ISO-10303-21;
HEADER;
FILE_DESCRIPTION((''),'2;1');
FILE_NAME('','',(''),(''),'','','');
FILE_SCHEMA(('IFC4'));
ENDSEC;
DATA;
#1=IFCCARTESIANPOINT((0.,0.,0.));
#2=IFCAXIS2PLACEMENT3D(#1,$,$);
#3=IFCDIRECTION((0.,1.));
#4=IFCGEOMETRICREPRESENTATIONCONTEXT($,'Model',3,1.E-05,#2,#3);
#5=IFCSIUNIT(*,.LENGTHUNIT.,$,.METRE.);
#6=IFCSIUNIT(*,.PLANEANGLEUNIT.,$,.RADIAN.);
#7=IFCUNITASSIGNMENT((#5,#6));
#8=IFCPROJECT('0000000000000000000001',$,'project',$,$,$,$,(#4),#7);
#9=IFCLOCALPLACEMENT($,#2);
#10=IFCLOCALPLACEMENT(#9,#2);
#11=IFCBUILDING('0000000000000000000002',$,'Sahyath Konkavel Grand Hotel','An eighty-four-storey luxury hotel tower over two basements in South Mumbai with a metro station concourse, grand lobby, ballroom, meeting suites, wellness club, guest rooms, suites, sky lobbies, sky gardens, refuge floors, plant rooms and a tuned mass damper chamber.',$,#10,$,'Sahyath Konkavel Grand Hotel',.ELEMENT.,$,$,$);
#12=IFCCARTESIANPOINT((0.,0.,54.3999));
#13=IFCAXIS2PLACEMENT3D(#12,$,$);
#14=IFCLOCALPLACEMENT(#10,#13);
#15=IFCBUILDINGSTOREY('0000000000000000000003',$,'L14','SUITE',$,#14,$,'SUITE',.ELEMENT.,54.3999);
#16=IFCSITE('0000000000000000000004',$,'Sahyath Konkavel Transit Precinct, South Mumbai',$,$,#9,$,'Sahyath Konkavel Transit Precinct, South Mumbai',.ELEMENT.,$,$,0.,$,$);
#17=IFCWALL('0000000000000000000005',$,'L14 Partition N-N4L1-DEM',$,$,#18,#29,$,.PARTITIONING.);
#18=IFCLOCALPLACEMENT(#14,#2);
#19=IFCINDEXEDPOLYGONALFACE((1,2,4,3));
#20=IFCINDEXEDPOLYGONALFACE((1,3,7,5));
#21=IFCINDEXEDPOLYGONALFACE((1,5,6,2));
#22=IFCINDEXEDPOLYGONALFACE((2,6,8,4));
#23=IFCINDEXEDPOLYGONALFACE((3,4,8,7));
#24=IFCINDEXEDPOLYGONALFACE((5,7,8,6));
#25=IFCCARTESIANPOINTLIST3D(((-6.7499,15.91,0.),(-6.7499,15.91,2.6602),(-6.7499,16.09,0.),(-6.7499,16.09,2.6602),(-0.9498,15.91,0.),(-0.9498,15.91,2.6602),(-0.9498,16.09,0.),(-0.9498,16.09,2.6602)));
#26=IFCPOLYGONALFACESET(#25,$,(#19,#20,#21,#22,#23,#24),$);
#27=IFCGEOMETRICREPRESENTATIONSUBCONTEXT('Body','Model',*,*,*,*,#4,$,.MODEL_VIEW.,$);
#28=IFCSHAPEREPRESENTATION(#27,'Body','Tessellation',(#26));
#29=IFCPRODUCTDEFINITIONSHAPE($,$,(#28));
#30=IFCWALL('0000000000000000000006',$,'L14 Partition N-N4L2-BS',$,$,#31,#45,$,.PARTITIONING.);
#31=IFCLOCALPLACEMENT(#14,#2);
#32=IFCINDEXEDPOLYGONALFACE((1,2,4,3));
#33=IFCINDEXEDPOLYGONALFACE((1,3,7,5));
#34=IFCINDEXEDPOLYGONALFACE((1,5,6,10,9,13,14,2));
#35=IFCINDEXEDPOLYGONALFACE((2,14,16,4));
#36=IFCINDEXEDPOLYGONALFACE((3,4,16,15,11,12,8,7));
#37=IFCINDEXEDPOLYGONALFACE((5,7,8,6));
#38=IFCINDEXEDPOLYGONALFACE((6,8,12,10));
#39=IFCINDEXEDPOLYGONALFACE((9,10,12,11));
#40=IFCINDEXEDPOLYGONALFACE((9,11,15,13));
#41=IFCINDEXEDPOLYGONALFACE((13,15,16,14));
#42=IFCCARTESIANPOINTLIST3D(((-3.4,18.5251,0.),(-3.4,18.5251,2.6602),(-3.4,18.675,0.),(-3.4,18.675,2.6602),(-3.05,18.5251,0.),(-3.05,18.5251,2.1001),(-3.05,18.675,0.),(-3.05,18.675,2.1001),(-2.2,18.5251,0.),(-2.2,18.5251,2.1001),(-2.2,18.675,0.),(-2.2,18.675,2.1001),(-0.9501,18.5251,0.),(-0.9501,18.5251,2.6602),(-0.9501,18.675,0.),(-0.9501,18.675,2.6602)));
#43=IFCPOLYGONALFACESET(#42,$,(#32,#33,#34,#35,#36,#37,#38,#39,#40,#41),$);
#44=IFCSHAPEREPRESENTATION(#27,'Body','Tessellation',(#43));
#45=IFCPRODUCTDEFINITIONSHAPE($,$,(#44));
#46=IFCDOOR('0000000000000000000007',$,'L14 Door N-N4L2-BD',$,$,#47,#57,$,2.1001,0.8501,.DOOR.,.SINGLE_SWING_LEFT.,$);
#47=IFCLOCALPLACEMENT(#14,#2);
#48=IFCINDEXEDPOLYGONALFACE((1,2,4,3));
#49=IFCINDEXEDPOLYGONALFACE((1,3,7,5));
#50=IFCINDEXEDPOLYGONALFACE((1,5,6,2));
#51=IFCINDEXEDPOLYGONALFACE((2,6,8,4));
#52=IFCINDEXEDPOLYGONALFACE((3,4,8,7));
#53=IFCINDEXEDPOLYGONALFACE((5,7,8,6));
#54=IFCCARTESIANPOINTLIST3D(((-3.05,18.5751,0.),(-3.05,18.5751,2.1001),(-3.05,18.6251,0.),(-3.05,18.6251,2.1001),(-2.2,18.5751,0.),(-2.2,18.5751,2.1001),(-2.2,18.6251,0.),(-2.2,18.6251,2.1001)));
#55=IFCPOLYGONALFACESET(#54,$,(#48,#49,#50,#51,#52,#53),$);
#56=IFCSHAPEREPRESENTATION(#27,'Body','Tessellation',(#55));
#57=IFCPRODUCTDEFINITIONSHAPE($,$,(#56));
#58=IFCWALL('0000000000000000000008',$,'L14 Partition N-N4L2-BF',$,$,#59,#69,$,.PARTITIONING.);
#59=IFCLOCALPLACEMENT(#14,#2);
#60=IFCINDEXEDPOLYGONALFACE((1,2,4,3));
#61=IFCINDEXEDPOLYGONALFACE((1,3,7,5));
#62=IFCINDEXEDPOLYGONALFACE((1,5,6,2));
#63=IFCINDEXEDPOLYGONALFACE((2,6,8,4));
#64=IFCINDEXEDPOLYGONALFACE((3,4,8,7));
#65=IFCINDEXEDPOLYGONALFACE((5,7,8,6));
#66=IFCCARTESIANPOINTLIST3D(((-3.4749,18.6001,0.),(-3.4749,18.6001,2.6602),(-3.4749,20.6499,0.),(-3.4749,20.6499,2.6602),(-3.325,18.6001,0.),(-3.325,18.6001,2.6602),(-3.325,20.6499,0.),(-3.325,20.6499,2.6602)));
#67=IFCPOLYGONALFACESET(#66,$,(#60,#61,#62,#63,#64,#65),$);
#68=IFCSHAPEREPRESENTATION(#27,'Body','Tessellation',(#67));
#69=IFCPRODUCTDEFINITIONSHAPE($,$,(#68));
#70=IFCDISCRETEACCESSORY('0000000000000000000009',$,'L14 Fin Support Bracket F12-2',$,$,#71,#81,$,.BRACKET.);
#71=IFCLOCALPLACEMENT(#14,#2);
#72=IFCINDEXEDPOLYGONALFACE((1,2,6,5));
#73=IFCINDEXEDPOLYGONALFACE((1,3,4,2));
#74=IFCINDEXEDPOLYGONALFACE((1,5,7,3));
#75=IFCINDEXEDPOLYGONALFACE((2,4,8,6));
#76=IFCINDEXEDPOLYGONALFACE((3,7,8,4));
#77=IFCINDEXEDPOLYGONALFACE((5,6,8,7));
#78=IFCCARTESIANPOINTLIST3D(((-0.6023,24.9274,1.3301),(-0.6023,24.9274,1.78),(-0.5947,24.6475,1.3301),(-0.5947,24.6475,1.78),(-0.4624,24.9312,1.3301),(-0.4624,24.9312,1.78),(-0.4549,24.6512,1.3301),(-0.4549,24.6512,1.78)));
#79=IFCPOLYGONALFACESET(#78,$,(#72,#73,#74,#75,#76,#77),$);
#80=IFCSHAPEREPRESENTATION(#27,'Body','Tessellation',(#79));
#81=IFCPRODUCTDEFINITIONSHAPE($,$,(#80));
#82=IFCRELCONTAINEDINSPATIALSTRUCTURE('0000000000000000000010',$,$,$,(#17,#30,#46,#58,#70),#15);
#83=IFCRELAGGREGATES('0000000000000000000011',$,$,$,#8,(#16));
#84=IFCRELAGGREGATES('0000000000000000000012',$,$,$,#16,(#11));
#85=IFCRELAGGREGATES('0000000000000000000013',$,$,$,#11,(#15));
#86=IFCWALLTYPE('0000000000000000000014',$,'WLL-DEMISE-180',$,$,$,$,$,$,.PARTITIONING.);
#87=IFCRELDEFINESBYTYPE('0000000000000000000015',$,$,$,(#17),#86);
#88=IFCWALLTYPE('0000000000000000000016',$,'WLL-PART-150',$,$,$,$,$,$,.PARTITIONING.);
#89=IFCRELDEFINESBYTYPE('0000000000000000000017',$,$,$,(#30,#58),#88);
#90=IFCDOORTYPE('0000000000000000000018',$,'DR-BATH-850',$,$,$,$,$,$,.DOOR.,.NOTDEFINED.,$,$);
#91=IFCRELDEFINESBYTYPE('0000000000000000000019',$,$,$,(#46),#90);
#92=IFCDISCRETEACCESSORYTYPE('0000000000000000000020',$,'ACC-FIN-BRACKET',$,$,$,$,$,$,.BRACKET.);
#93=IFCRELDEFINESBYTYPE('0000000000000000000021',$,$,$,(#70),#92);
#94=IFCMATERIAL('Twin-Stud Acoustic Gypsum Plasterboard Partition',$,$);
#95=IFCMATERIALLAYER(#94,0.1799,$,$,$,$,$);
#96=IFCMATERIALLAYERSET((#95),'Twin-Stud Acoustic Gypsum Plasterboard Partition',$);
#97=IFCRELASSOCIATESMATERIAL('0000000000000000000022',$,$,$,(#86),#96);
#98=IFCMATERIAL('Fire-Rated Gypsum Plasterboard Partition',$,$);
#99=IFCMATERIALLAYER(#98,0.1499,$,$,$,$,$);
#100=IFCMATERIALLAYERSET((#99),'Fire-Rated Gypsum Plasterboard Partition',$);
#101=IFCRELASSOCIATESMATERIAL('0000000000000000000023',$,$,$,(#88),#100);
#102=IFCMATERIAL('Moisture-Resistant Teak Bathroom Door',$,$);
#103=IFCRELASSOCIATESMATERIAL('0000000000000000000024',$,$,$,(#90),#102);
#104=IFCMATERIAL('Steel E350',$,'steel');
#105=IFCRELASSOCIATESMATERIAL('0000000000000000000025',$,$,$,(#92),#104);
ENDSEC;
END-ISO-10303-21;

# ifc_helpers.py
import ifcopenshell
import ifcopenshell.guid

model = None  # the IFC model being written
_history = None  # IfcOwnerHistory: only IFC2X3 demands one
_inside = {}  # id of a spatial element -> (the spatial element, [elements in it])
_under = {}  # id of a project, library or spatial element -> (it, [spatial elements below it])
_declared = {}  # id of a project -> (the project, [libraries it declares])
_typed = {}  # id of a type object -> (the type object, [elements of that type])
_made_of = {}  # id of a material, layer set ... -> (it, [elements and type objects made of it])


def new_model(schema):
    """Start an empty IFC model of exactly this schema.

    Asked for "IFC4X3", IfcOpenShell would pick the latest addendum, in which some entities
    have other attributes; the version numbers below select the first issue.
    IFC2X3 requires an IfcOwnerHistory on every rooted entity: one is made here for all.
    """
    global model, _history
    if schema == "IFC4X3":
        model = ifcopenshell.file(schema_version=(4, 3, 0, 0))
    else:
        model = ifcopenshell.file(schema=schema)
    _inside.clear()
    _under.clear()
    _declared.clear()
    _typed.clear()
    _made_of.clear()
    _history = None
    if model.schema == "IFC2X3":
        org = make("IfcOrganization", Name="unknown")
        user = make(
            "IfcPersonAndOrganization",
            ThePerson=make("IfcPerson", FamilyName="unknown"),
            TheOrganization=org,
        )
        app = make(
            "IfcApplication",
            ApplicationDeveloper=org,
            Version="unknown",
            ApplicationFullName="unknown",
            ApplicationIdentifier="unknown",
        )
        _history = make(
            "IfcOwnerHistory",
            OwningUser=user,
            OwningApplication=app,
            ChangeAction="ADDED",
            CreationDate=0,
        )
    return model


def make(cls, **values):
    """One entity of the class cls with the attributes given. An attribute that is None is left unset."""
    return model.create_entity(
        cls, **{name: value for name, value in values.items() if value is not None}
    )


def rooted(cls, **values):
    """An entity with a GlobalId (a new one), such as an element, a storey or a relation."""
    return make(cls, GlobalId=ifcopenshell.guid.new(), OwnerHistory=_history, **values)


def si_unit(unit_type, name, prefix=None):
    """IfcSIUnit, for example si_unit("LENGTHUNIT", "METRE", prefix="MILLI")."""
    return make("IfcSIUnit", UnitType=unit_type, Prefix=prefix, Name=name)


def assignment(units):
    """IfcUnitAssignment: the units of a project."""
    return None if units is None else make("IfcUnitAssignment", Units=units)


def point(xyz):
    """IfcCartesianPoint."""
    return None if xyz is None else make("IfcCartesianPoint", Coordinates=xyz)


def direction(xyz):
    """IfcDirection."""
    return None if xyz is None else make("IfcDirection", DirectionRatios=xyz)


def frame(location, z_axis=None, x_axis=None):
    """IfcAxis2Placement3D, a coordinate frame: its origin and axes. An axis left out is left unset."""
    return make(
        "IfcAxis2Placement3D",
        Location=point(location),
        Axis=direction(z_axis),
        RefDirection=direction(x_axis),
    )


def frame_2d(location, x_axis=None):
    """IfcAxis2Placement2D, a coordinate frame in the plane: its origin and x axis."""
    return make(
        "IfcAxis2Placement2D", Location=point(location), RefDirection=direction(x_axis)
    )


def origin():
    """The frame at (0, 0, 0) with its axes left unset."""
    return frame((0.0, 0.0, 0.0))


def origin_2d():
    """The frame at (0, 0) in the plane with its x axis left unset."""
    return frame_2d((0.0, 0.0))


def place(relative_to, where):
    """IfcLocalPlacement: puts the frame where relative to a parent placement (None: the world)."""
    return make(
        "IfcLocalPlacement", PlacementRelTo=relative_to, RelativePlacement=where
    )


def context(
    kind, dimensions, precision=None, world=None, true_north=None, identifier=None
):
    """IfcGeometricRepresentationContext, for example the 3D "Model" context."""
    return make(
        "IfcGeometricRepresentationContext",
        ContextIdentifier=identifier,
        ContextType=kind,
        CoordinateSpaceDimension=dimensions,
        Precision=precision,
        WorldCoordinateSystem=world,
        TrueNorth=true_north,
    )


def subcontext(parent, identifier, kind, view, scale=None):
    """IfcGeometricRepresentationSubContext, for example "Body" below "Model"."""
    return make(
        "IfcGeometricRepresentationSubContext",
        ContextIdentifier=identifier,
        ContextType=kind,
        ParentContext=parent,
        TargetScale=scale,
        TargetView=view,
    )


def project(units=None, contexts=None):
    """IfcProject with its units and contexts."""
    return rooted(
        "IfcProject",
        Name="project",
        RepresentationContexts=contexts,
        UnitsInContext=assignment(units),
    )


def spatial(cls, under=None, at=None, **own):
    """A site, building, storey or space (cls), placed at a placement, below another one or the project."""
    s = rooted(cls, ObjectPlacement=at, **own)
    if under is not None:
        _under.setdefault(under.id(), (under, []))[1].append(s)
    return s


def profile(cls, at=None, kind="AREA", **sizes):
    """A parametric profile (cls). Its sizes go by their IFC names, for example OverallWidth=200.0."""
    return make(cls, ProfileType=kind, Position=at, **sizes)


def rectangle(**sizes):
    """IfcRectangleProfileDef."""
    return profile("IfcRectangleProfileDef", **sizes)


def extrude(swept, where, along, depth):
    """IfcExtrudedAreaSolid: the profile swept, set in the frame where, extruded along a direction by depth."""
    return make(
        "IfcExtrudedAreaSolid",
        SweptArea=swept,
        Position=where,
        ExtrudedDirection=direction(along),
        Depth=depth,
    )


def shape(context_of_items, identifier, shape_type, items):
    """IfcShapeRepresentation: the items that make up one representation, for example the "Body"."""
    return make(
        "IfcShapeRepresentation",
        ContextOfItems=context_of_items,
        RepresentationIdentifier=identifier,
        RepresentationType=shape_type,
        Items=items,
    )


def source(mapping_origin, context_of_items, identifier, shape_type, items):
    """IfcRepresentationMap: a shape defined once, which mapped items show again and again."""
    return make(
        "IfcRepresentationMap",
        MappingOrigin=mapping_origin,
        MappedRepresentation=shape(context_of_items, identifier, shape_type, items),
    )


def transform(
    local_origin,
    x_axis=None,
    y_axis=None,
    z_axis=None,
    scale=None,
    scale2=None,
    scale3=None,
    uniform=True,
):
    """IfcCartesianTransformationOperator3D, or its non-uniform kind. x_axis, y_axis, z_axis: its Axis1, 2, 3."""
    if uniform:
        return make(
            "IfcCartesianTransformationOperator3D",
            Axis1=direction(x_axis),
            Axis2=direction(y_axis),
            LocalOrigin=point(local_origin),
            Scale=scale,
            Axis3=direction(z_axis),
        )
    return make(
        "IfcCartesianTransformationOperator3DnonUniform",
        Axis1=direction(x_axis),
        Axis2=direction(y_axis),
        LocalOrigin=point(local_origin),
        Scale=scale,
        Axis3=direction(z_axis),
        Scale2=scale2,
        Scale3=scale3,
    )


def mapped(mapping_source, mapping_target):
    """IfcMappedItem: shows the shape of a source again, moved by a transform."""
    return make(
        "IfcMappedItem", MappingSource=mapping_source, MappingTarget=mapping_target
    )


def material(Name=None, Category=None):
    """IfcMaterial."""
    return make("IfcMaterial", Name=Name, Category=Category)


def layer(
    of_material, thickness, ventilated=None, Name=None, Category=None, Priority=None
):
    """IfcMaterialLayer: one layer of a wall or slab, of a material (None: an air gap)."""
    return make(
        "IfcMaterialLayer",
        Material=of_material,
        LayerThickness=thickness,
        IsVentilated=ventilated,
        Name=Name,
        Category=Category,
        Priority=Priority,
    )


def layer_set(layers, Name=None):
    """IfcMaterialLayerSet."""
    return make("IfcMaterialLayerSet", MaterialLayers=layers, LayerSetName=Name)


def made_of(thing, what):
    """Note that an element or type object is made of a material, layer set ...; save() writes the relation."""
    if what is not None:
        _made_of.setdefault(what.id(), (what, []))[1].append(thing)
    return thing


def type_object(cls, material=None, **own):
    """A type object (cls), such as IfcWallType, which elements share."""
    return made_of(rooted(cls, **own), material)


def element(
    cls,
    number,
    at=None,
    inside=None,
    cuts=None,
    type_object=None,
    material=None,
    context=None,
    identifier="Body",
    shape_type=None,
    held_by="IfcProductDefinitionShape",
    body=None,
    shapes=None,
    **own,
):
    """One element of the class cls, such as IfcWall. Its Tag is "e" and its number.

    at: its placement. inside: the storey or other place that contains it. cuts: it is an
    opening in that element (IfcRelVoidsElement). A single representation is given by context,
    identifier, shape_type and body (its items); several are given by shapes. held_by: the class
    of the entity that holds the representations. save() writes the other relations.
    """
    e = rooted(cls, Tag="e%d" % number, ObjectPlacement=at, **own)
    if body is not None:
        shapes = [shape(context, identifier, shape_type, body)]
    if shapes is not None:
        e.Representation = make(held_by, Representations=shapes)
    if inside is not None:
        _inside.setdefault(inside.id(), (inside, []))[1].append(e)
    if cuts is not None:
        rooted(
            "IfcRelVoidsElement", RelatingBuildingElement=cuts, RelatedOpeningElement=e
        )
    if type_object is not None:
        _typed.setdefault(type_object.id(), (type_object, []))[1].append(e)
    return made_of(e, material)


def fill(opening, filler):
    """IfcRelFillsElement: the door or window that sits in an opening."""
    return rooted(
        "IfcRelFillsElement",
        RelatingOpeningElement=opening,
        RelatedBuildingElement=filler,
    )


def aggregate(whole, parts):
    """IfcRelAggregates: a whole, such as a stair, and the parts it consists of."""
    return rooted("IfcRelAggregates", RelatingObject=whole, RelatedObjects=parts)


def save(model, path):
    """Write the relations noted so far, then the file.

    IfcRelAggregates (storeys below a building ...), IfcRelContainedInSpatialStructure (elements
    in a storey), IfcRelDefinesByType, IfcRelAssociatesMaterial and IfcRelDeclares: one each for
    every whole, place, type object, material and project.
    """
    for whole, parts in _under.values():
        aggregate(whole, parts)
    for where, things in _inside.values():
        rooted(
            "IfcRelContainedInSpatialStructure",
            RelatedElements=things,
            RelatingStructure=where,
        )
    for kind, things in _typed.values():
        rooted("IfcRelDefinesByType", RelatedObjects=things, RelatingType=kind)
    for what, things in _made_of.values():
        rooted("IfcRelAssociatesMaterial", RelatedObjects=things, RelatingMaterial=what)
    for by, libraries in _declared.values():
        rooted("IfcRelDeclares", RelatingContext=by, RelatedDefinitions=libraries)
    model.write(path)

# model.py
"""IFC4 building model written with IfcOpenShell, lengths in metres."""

from ifc_helpers import new_model, si_unit, direction, frame, frame_2d, origin, origin_2d, place, context, subcontext, project, spatial, rectangle, extrude, source, transform, mapped, material, layer, layer_set, type_object, element, fill, save


model = new_model("IFC4")

# Units and contexts
model_context = context("Model", 3, precision=1e-05, world=origin(), true_north=direction((0.0, 1.0)))
body_context = subcontext(model_context, "Body", "Model", "MODEL_VIEW")
ifc_project = project(units=[si_unit("LENGTHUNIT", "METRE"), si_unit("PLANEANGLEUNIT", "RADIAN")], contexts=[model_context])

# Site, building, storey
site_placement = place(None, origin())
site = spatial("IfcSite", under=ifc_project, at=site_placement, Name="Sahyath Konkavel Transit Precinct, South Mumbai", LongName="Sahyath Konkavel Transit Precinct, South Mumbai", CompositionType="ELEMENT", RefElevation=0.0)
building_placement = place(site_placement, origin())
building = spatial("IfcBuilding", under=site, at=building_placement, Name="Sahyath Konkavel Grand Hotel", Description="An eighty-four-storey luxury hotel tower over two basements in South Mumbai with a metro station concourse, grand lobby, ballroom, meeting suites, wellness club, guest rooms, suites, sky lobbies, sky gardens, refuge floors, plant rooms and a tuned mass damper chamber.", LongName="Sahyath Konkavel Grand Hotel", CompositionType="ELEMENT")
storey_placement = place(building_placement, frame((0.0, 0.0, 54.3999)))
storey = spatial("IfcBuildingStorey", under=building, at=storey_placement, Name="L14", Description="SUITE", LongName="SUITE", CompositionType="ELEMENT", Elevation=54.3999)

# Shared definitions
ifc_material_1 = material(Name="Steel E350", Category="steel")

# Wall
ifc_material_2 = material(Name="Twin-Stud Acoustic Gypsum Plasterboard Partition")
ifc_layer_1 = layer(ifc_material_2, 0.1799)
ifc_layer_set_1 = layer_set([ifc_layer_1], Name="Twin-Stud Acoustic Gypsum Plasterboard Partition")
wall_type_1 = type_object("IfcWallType", Name="WLL-DEMISE-180", PredefinedType="PARTITIONING", material=ifc_layer_set_1)
wall_1_placement = place(storey_placement, frame((-0.95, 16.0, 0.0), z_axis=(0.0, 0.0, 1.0), x_axis=(-1.0, 0.0, 0.0)))
element("IfcWall", 1, at=wall_1_placement, inside=storey, type_object=wall_type_1, Name="L14 Partition N-N4L1-DEM", PredefinedType="PARTITIONING", context=body_context, shape_type="SweptSolid", body=[
    extrude(rectangle(XDim=5.8, YDim=0.1799, at=frame_2d((2.8999, 0.0))), origin(), (0.0, 0.0, 1.0), 2.6602),
])

# Wall, opening, door
ifc_material_3 = material(Name="Fire-Rated Gypsum Plasterboard Partition")
ifc_layer_2 = layer(ifc_material_3, 0.1499)
ifc_layer_set_2 = layer_set([ifc_layer_2], Name="Fire-Rated Gypsum Plasterboard Partition")
wall_type_2 = type_object("IfcWallType", Name="WLL-PART-150", PredefinedType="PARTITIONING", material=ifc_layer_set_2)
wall_2_placement = place(storey_placement, frame((-0.95, 18.6001, 0.0), z_axis=(0.0, 0.0, 1.0), x_axis=(-1.0, 0.0, 0.0)))
wall_2 = element("IfcWall", 2, at=wall_2_placement, inside=storey, type_object=wall_type_2, Name="L14 Partition N-N4L2-BS", PredefinedType="PARTITIONING", context=body_context, shape_type="SweptSolid", body=[
    extrude(rectangle(XDim=2.45, YDim=0.1499, at=frame_2d((1.2251, 0.0))), origin(), (0.0, 0.0, 1.0), 2.6602),
])
opening_placement = place(wall_2_placement, frame((1.25, 0.0, 0.0)))
opening = element("IfcOpeningElement", 3, at=opening_placement, cuts=wall_2, PredefinedType="OPENING", context=body_context, shape_type="SweptSolid", body=[
    extrude(rectangle(XDim=0.8501, YDim=2.1001, at=frame_2d((0.425, 1.05))), frame((0.0, 0.085, 0.0), z_axis=(0.0, -1.0, 0.0), x_axis=(1.0, 0.0, 0.0)), (0.0, 0.0, 1.0), 0.1699),
])
ifc_material_4 = material(Name="Moisture-Resistant Teak Bathroom Door")
door_type = type_object("IfcDoorType", Name="DR-BATH-850", OperationType="NOTDEFINED", PredefinedType="DOOR", material=ifc_material_4)
shared_shape_1 = source(origin(), body_context, "Body", "SweptSolid", [
    extrude(rectangle(XDim=0.8501, YDim=0.05, at=origin_2d()), origin(), (0.0, 0.0, 1.0), 2.1001),
])
door_placement = place(opening_placement, frame((0.425, 0.0, 0.0)))
door = element("IfcDoor", 4, at=door_placement, inside=storey, type_object=door_type, Name="L14 Door N-N4L2-BD", OperationType="SINGLE_SWING_LEFT", OverallHeight=2.1001, OverallWidth=0.8501, PredefinedType="DOOR", context=body_context, shape_type="MappedRepresentation", body=[
    mapped(shared_shape_1, transform((0.0, 0.0, 0.0), scale=1.0)),
])
fill(opening, door)

# Wall
wall_3_placement = place(storey_placement, frame((-3.3999, 18.6001, 0.0), z_axis=(0.0, 0.0, 1.0), x_axis=(0.0, 1.0, 0.0)))
element("IfcWall", 5, at=wall_3_placement, inside=storey, type_object=wall_type_2, Name="L14 Partition N-N4L2-BF", PredefinedType="PARTITIONING", context=body_context, shape_type="SweptSolid", body=[
    extrude(rectangle(XDim=2.0498, YDim=0.1499, at=frame_2d((1.0249, 0.0))), origin(), (0.0, 0.0, 1.0), 2.6602),
])

# Discrete accessory
discrete_accessory_type = type_object("IfcDiscreteAccessoryType", Name="ACC-FIN-BRACKET", PredefinedType="BRACKET", material=ifc_material_1)
shared_shape_2 = source(origin(), body_context, "Body", "SweptSolid", [
    extrude(rectangle(XDim=0.28, YDim=0.1399, at=origin_2d()), origin(), (0.0, 0.0, 1.0), 0.45),
])
discrete_accessory_placement = place(storey_placement, frame((-0.5286, 24.7893, 1.3301), z_axis=(0.0, 0.0, 1.0), x_axis=(-0.02691, 0.999638, 0.0)))
element("IfcDiscreteAccessory", 6, at=discrete_accessory_placement, inside=storey, type_object=discrete_accessory_type, Name="L14 Fin Support Bracket F12-2", PredefinedType="BRACKET", context=body_context, shape_type="MappedRepresentation", body=[
    mapped(shared_shape_2, transform((0.0, 0.0, 0.0), scale=1.0)),
])

save(model, "model.ifc")
